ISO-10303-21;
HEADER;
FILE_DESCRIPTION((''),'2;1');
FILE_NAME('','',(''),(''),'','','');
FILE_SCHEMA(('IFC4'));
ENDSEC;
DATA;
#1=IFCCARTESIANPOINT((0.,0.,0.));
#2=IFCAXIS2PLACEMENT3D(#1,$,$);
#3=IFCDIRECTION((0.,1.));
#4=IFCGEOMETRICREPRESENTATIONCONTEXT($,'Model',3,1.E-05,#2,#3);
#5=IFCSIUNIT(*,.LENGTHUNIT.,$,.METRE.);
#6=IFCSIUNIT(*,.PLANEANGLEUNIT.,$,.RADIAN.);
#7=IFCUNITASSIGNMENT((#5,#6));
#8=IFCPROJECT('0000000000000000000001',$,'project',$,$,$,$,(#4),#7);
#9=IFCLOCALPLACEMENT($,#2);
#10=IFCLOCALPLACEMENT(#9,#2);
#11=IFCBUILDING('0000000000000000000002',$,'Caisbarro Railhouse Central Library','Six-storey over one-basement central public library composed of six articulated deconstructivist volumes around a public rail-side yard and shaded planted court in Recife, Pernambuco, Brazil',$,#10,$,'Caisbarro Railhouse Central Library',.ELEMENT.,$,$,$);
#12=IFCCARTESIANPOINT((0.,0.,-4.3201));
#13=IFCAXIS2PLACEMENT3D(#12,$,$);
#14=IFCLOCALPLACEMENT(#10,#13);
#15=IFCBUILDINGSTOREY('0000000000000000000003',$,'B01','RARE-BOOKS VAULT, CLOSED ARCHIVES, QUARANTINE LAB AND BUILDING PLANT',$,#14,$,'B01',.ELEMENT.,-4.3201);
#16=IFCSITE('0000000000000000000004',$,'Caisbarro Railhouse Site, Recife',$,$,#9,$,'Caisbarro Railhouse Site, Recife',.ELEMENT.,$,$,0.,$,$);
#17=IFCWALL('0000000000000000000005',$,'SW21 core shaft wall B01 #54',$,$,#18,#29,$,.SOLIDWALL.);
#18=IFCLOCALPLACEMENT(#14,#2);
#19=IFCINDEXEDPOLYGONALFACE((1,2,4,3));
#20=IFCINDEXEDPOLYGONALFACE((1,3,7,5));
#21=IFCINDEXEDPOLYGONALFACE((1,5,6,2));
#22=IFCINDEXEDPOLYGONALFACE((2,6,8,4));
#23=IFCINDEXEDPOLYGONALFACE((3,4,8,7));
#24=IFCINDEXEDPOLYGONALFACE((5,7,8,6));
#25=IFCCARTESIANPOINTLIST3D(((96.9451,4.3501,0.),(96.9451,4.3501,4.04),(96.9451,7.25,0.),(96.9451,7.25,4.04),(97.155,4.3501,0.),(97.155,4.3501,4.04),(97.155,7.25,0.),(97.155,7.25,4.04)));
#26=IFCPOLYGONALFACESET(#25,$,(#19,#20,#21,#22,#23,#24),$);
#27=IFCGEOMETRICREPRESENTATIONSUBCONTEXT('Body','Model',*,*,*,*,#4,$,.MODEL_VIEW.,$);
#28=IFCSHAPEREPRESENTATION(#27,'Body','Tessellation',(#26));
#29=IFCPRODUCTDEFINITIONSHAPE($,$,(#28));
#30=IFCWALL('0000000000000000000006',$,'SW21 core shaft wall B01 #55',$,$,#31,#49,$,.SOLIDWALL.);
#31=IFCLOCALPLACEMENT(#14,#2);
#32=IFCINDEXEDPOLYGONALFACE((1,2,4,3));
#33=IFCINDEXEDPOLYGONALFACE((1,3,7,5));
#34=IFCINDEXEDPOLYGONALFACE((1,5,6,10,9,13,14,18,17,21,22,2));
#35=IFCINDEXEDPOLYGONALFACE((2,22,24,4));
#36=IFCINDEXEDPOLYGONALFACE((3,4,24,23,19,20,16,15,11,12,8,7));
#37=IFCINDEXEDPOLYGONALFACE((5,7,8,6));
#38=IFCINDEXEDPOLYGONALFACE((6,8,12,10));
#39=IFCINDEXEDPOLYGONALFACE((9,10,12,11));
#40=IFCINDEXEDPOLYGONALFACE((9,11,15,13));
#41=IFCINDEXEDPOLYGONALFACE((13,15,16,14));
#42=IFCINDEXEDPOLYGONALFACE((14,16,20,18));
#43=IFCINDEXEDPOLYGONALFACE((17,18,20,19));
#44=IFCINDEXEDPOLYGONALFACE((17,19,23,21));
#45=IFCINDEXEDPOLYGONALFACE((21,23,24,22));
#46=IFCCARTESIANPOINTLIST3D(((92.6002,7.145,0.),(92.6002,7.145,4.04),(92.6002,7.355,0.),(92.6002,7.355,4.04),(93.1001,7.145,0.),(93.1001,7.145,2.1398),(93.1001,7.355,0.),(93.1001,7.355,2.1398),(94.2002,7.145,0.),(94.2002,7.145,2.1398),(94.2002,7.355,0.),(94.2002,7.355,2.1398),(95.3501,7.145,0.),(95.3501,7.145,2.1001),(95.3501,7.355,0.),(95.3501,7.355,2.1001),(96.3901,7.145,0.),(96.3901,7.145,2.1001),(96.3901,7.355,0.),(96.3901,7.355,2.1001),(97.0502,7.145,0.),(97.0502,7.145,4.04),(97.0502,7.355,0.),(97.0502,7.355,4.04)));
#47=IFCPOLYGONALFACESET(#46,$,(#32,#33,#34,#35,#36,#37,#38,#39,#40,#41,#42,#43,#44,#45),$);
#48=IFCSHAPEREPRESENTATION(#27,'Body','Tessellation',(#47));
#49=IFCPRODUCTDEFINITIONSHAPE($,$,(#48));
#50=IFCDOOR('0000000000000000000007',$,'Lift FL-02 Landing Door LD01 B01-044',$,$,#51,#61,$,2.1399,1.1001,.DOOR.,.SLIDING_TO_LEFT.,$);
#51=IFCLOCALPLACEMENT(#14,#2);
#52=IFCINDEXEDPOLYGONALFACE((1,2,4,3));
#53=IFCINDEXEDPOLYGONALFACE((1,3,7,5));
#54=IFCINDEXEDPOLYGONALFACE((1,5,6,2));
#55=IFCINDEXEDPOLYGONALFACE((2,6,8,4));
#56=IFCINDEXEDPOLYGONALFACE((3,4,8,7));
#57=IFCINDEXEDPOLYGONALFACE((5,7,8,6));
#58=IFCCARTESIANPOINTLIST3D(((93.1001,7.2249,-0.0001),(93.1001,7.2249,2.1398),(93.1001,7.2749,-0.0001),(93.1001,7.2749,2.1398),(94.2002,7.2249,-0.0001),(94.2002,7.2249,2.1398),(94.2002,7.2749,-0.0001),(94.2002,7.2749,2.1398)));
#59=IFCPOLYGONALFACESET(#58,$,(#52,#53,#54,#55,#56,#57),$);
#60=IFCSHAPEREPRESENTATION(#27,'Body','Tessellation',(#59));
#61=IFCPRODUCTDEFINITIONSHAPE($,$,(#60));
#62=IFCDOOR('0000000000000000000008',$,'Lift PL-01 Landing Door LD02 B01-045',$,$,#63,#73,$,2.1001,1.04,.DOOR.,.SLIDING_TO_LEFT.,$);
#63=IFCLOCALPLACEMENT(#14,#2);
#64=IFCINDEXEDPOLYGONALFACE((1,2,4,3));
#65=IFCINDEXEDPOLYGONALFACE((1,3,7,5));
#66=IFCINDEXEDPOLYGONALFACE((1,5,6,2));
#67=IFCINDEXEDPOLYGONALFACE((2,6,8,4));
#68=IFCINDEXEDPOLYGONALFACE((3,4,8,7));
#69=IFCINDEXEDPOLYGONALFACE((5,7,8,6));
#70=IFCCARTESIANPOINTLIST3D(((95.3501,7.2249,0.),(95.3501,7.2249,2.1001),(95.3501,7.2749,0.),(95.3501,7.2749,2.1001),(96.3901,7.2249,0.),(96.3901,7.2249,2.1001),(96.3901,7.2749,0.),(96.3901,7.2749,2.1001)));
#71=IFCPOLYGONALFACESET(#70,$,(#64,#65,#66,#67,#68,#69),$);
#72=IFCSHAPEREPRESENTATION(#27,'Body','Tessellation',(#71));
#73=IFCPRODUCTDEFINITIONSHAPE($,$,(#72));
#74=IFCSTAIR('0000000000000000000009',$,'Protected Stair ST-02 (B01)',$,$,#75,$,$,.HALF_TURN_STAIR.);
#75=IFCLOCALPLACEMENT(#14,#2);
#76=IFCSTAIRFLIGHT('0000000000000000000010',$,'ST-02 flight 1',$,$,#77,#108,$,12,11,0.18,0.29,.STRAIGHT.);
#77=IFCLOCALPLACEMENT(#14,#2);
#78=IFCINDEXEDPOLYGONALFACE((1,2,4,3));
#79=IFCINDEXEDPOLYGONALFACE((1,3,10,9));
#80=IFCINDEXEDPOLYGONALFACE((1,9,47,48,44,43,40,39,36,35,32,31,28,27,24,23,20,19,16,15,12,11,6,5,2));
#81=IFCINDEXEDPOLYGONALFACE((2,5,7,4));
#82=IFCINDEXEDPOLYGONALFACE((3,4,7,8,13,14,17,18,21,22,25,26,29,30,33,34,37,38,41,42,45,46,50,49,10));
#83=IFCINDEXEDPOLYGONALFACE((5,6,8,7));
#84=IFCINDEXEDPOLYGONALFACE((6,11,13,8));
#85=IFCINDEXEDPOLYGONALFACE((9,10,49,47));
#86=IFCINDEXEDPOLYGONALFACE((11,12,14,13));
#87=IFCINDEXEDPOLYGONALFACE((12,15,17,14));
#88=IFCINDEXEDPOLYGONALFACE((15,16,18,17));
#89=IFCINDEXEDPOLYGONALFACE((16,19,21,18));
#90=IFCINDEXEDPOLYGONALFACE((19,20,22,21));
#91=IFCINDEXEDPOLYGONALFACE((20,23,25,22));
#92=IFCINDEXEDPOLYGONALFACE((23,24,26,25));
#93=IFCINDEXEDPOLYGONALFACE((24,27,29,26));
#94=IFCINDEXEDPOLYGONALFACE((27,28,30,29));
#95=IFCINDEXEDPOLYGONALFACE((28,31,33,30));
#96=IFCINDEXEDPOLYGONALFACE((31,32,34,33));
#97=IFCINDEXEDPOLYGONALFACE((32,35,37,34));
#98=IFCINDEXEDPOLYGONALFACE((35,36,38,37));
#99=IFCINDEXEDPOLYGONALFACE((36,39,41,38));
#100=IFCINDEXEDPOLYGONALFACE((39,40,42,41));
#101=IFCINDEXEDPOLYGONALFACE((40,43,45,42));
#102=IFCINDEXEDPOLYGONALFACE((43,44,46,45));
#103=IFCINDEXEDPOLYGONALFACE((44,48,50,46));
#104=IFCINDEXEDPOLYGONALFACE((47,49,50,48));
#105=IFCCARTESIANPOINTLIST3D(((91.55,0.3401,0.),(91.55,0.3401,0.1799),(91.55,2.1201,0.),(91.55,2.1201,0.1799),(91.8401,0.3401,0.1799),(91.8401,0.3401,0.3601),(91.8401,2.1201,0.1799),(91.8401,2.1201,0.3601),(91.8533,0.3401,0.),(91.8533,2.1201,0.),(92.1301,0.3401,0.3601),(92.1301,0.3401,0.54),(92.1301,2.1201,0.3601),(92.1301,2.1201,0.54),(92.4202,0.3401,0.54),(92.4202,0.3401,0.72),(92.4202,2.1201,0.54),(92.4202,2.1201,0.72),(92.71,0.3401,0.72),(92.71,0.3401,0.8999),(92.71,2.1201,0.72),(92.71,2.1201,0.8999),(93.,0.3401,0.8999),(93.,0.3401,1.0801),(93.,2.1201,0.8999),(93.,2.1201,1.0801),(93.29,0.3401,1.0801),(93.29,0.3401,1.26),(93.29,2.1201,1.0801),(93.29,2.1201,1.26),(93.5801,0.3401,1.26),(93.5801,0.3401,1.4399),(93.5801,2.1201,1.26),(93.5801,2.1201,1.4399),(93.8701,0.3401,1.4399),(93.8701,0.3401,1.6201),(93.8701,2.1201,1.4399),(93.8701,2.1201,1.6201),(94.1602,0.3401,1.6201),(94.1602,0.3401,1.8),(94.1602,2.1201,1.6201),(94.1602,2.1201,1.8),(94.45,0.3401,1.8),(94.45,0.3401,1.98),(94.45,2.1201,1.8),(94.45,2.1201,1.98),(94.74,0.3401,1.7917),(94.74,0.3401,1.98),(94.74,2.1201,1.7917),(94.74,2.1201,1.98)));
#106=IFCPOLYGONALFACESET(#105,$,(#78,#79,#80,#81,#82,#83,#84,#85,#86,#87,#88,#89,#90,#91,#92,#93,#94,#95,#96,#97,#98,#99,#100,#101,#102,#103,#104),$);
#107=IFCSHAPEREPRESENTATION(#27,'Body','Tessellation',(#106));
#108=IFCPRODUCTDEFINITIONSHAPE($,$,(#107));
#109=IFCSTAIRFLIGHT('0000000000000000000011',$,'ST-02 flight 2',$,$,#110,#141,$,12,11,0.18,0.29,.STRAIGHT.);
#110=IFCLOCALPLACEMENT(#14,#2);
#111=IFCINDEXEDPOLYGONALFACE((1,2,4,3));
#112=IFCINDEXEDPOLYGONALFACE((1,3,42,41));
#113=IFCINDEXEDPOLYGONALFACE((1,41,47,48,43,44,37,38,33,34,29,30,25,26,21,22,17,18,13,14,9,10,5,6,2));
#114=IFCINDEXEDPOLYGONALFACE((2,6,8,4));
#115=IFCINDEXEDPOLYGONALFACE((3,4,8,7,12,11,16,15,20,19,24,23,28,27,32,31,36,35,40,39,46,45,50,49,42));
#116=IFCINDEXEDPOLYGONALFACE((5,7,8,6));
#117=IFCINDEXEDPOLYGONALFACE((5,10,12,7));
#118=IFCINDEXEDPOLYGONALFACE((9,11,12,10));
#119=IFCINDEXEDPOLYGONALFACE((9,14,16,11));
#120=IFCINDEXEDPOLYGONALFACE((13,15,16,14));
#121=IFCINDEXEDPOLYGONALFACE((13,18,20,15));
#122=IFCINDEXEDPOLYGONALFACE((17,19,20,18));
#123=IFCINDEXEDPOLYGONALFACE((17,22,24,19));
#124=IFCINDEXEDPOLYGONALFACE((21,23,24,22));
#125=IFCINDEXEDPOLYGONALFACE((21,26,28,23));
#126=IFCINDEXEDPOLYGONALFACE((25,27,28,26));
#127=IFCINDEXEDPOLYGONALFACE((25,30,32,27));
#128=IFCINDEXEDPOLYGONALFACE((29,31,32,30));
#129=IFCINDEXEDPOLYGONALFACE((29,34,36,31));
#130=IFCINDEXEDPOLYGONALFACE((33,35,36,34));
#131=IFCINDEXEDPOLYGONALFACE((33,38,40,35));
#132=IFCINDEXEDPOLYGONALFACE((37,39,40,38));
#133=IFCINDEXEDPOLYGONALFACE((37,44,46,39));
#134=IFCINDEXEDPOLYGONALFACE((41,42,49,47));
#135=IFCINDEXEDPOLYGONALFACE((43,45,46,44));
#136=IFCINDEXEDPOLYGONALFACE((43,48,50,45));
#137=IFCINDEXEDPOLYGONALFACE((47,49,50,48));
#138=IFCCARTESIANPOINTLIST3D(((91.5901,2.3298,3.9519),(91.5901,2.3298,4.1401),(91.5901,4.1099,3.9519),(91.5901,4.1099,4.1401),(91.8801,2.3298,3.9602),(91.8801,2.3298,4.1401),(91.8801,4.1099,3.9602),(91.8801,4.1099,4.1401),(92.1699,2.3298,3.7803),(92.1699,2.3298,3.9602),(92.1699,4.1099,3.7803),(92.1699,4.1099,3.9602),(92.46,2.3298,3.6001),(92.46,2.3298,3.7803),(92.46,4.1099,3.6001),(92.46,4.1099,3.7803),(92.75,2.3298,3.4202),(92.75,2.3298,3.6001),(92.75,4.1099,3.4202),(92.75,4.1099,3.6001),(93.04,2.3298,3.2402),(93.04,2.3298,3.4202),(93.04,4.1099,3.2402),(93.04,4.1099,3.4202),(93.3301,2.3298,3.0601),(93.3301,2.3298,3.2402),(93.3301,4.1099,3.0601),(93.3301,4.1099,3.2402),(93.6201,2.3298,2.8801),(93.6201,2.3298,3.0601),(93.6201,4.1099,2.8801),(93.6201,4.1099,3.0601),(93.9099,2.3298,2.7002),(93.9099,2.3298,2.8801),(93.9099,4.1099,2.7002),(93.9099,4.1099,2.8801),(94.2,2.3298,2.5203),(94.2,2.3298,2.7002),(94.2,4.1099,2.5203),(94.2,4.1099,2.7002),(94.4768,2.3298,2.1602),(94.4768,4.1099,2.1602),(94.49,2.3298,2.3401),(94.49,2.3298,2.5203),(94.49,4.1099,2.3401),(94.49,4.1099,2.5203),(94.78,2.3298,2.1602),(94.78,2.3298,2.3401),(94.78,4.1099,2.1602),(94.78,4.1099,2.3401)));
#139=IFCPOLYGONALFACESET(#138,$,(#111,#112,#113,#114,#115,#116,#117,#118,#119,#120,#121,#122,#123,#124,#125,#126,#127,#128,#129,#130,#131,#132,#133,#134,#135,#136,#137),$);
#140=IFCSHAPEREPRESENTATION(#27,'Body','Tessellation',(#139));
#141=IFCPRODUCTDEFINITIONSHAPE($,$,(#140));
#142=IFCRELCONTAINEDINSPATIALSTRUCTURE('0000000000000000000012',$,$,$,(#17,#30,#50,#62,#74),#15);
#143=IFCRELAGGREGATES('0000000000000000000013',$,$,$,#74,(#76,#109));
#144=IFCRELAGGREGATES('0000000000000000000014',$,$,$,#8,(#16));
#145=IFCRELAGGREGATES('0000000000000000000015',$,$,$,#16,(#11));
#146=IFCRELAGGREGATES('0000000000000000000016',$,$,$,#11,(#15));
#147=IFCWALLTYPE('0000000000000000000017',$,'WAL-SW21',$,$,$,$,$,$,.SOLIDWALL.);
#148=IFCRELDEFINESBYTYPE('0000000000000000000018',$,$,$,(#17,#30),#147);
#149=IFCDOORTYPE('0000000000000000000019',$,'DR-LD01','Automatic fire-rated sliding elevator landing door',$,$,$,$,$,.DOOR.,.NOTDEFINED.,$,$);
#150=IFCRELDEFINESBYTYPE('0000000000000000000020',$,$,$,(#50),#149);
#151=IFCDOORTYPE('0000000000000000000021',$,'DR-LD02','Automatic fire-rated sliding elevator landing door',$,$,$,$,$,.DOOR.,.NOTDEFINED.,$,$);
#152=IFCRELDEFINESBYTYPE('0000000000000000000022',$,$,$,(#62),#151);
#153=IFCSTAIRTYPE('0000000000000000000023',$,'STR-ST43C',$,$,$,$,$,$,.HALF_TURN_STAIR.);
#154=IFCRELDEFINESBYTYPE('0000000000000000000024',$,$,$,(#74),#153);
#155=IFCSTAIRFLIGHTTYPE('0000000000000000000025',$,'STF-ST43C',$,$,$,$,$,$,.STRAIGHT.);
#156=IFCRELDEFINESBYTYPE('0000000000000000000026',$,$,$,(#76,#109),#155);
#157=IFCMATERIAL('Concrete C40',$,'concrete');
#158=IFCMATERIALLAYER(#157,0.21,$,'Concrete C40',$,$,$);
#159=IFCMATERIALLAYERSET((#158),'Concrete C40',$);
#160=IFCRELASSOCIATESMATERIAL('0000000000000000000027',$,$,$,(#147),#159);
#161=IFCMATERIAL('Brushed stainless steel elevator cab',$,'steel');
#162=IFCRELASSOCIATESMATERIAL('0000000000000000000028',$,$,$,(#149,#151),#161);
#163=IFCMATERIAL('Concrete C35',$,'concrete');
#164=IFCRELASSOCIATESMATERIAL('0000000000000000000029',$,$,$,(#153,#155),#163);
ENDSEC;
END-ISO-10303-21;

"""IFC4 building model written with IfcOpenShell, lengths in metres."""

from ifc_helpers import new_model, si_unit, direction, frame, frame_2d, origin, place, context, subcontext, project, spatial, polyline, rectangle, outline, extrude, material, layer, layer_set, type_object, element, fill, aggregate, save


model = new_model("IFC4")

# Units and contexts
model_context = context("Model", 3, precision=1e-05, world=origin(), true_north=direction((0.0, 1.0)))
body_context = subcontext(model_context, "Body", "Model", "MODEL_VIEW")
ifc_project = project(units=[si_unit("LENGTHUNIT", "METRE"), si_unit("PLANEANGLEUNIT", "RADIAN")], contexts=[model_context])

# Site, building, storey
site_placement = place(None, origin())
site = spatial("IfcSite", under=ifc_project, at=site_placement, Name="Caisbarro Railhouse Site, Recife", LongName="Caisbarro Railhouse Site, Recife", CompositionType="ELEMENT", RefElevation=0.0)
building_placement = place(site_placement, origin())
building = spatial("IfcBuilding", under=site, at=building_placement, Name="Caisbarro Railhouse Central Library", Description="Six-storey over one-basement central public library composed of six articulated deconstructivist volumes around a public rail-side yard and shaded planted court in Recife, Pernambuco, Brazil", LongName="Caisbarro Railhouse Central Library", CompositionType="ELEMENT")
storey_placement = place(building_placement, frame((0.0, 0.0, -4.3201)))
storey = spatial("IfcBuildingStorey", under=building, at=storey_placement, Name="B01", Description="RARE-BOOKS VAULT, CLOSED ARCHIVES, QUARANTINE LAB AND BUILDING PLANT", LongName="B01", CompositionType="ELEMENT", Elevation=-4.3201)

# Shared definitions
ifc_material_1 = material(Name="Concrete C35", Category="concrete")

# Wall
ifc_material_2 = material(Name="Concrete C40", Category="concrete")
ifc_layer = layer(ifc_material_2, 0.21, Name="Concrete C40")
ifc_layer_set = layer_set([ifc_layer], Name="Concrete C40")
wall_type = type_object("IfcWallType", Name="WAL-SW21", PredefinedType="SOLIDWALL", material=ifc_layer_set)
wall_1_placement = place(storey_placement, frame((97.05, 4.3501, 0.0), z_axis=(0.0, 0.0, 1.0), x_axis=(0.0, 1.0, 0.0)))
element("IfcWall", 1, at=wall_1_placement, inside=storey, type_object=wall_type, Name="SW21 core shaft wall B01 #54", PredefinedType="SOLIDWALL", context=body_context, shape_type="SweptSolid", body=[
    extrude(rectangle(XDim=2.8999, YDim=0.21, at=frame_2d((1.45, 0.0))), origin(), (0.0, 0.0, 1.0), 4.04),
])

# Wall, openings, doors
wall_2_placement = place(storey_placement, frame((92.6001, 7.25, 0.0), z_axis=(0.0, 0.0, 1.0), x_axis=(1.0, 0.0, 0.0)))
wall_2 = element("IfcWall", 2, at=wall_2_placement, inside=storey, type_object=wall_type, Name="SW21 core shaft wall B01 #55", PredefinedType="SOLIDWALL", context=body_context, shape_type="SweptSolid", body=[
    extrude(rectangle(XDim=4.45, YDim=0.21, at=frame_2d((2.2251, 0.0))), origin(), (0.0, 0.0, 1.0), 4.04),
])
opening_1_placement = place(wall_2_placement, frame((0.5, 0.0, 0.0)))
opening_1 = element("IfcOpeningElement", 3, at=opening_1_placement, cuts=wall_2, PredefinedType="OPENING", context=body_context, shape_type="SweptSolid", body=[
    extrude(rectangle(XDim=1.1001, YDim=2.1399, at=frame_2d((0.55, 1.0698))), frame((0.0, 0.115, 0.0), z_axis=(0.0, -1.0, 0.0), x_axis=(1.0, 0.0, 0.0)), (0.0, 0.0, 1.0), 0.23),
])
opening_2_placement = place(wall_2_placement, frame((2.75, 0.0, 0.0)))
opening_2 = element("IfcOpeningElement", 4, at=opening_2_placement, cuts=wall_2, PredefinedType="OPENING", context=body_context, shape_type="SweptSolid", body=[
    extrude(rectangle(XDim=1.04, YDim=2.1001, at=frame_2d((0.52, 1.05))), frame((0.0, 0.115, 0.0), z_axis=(0.0, -1.0, 0.0), x_axis=(1.0, 0.0, 0.0)), (0.0, 0.0, 1.0), 0.23),
])
ifc_material_3 = material(Name="Brushed stainless steel elevator cab", Category="steel")
door_type_1 = type_object("IfcDoorType", Name="DR-LD01", Description="Automatic fire-rated sliding elevator landing door", OperationType="NOTDEFINED", PredefinedType="DOOR", material=ifc_material_3)
door_1_placement = place(opening_1_placement, origin())
door_1 = element("IfcDoor", 5, at=door_1_placement, inside=storey, type_object=door_type_1, Name="Lift FL-02 Landing Door LD01 B01-044", OperationType="SLIDING_TO_LEFT", OverallHeight=2.1399, OverallWidth=1.1001, PredefinedType="DOOR", context=body_context, shape_type="SweptSolid", body=[
    extrude(rectangle(XDim=1.1001, YDim=2.1399, at=frame_2d((0.55, 1.0698))), frame((0.0, 0.0249, 0.0), z_axis=(0.0, -1.0, 0.0), x_axis=(1.0, 0.0, 0.0)), (0.0, 0.0, 1.0), 0.05),
])
fill(opening_1, door_1)
door_type_2 = type_object("IfcDoorType", Name="DR-LD02", Description="Automatic fire-rated sliding elevator landing door", OperationType="NOTDEFINED", PredefinedType="DOOR", material=ifc_material_3)
door_2_placement = place(opening_2_placement, origin())
door_2 = element("IfcDoor", 6, at=door_2_placement, inside=storey, type_object=door_type_2, Name="Lift PL-01 Landing Door LD02 B01-045", OperationType="SLIDING_TO_LEFT", OverallHeight=2.1001, OverallWidth=1.04, PredefinedType="DOOR", context=body_context, shape_type="SweptSolid", body=[
    extrude(rectangle(XDim=1.04, YDim=2.1001, at=frame_2d((0.52, 1.05))), frame((0.0, 0.0249, 0.0), z_axis=(0.0, -1.0, 0.0), x_axis=(1.0, 0.0, 0.0)), (0.0, 0.0, 1.0), 0.05),
])
fill(opening_2, door_2)

# Stair, stair flights
stair_type = type_object("IfcStairType", Name="STR-ST43C", PredefinedType="HALF_TURN_STAIR", material=ifc_material_1)
stair_placement = place(storey_placement, origin())
stair = element("IfcStair", 7, at=stair_placement, inside=storey, type_object=stair_type, Name="Protected Stair ST-02 (B01)", PredefinedType="HALF_TURN_STAIR")
stair_flight_type = type_object("IfcStairFlightType", Name="STF-ST43C", PredefinedType="STRAIGHT", material=ifc_material_1)
stair_flight_1_placement = place(storey_placement, frame((91.55, 1.23, 0.0), z_axis=(0.0, 0.0, 1.0), x_axis=(1.0, 0.0, 0.0)))
stair_flight_1 = element("IfcStairFlight", 8, at=stair_flight_1_placement, type_object=stair_flight_type, Name="ST-02 flight 1", NumberOfRisers=12, NumberOfTreads=11, PredefinedType="STRAIGHT", RiserHeight=0.18, TreadLength=0.29, context=body_context, shape_type="SweptSolid", body=[
    extrude(outline(polyline([(0.0, 0.0), (0.0, 0.1799), (0.29, 0.1799), (0.29, 0.3601), (0.5801, 0.3601), (0.5801, 0.54), (0.8701, 0.54), (0.8701, 0.72), (1.1599, 0.72), (1.1599, 0.8999), (1.45, 0.8999), (1.45, 1.0801), (1.74, 1.0801), (1.74, 1.26), (2.03, 1.26), (2.03, 1.4399), (2.3201, 1.4399), (2.3201, 1.6201), (2.6101, 1.6201), (2.6101, 1.8), (2.8999, 1.8), (2.8999, 1.98), (3.1899, 1.98), (3.1899, 2.1599), (3.1899, 1.7917), (0.3032, 0.0), (0.0, 0.0)])), frame((0.0, 0.8901, 0.0), z_axis=(0.0, -1.0, 0.0), x_axis=(1.0, 0.0, 0.0)), (0.0, 0.0, 1.0), 1.78),
])
stair_flight_2_placement = place(storey_placement, frame((94.78, 3.22, 2.1602), z_axis=(0.0, 0.0, 1.0), x_axis=(-1.0, 0.0, 0.0)))
stair_flight_2 = element("IfcStairFlight", 9, at=stair_flight_2_placement, type_object=stair_flight_type, Name="ST-02 flight 2", NumberOfRisers=12, NumberOfTreads=11, PredefinedType="STRAIGHT", RiserHeight=0.18, TreadLength=0.29, context=body_context, shape_type="SweptSolid", body=[
    extrude(outline(polyline([(0.0, 0.0), (0.0, 0.1799), (0.29, 0.1799), (0.29, 0.3601), (0.5801, 0.3601), (0.5801, 0.54), (0.8701, 0.54), (0.8701, 0.72), (1.1599, 0.72), (1.1599, 0.8999), (1.45, 0.8999), (1.45, 1.0801), (1.74, 1.0801), (1.74, 1.26), (2.03, 1.26), (2.03, 1.4399), (2.3201, 1.4399), (2.3201, 1.6201), (2.6101, 1.6201), (2.6101, 1.8), (2.8999, 1.8), (2.8999, 1.98), (3.1899, 1.98), (3.1899, 2.1599), (3.1899, 1.7917), (0.3032, 0.0), (0.0, 0.0)])), frame((0.0, 0.8901, 0.0), z_axis=(0.0, -1.0, 0.0), x_axis=(1.0, 0.0, 0.0)), (0.0, 0.0, 1.0), 1.78),
])
aggregate(stair, [stair_flight_1, stair_flight_2])

save(model, "model.ifc")
